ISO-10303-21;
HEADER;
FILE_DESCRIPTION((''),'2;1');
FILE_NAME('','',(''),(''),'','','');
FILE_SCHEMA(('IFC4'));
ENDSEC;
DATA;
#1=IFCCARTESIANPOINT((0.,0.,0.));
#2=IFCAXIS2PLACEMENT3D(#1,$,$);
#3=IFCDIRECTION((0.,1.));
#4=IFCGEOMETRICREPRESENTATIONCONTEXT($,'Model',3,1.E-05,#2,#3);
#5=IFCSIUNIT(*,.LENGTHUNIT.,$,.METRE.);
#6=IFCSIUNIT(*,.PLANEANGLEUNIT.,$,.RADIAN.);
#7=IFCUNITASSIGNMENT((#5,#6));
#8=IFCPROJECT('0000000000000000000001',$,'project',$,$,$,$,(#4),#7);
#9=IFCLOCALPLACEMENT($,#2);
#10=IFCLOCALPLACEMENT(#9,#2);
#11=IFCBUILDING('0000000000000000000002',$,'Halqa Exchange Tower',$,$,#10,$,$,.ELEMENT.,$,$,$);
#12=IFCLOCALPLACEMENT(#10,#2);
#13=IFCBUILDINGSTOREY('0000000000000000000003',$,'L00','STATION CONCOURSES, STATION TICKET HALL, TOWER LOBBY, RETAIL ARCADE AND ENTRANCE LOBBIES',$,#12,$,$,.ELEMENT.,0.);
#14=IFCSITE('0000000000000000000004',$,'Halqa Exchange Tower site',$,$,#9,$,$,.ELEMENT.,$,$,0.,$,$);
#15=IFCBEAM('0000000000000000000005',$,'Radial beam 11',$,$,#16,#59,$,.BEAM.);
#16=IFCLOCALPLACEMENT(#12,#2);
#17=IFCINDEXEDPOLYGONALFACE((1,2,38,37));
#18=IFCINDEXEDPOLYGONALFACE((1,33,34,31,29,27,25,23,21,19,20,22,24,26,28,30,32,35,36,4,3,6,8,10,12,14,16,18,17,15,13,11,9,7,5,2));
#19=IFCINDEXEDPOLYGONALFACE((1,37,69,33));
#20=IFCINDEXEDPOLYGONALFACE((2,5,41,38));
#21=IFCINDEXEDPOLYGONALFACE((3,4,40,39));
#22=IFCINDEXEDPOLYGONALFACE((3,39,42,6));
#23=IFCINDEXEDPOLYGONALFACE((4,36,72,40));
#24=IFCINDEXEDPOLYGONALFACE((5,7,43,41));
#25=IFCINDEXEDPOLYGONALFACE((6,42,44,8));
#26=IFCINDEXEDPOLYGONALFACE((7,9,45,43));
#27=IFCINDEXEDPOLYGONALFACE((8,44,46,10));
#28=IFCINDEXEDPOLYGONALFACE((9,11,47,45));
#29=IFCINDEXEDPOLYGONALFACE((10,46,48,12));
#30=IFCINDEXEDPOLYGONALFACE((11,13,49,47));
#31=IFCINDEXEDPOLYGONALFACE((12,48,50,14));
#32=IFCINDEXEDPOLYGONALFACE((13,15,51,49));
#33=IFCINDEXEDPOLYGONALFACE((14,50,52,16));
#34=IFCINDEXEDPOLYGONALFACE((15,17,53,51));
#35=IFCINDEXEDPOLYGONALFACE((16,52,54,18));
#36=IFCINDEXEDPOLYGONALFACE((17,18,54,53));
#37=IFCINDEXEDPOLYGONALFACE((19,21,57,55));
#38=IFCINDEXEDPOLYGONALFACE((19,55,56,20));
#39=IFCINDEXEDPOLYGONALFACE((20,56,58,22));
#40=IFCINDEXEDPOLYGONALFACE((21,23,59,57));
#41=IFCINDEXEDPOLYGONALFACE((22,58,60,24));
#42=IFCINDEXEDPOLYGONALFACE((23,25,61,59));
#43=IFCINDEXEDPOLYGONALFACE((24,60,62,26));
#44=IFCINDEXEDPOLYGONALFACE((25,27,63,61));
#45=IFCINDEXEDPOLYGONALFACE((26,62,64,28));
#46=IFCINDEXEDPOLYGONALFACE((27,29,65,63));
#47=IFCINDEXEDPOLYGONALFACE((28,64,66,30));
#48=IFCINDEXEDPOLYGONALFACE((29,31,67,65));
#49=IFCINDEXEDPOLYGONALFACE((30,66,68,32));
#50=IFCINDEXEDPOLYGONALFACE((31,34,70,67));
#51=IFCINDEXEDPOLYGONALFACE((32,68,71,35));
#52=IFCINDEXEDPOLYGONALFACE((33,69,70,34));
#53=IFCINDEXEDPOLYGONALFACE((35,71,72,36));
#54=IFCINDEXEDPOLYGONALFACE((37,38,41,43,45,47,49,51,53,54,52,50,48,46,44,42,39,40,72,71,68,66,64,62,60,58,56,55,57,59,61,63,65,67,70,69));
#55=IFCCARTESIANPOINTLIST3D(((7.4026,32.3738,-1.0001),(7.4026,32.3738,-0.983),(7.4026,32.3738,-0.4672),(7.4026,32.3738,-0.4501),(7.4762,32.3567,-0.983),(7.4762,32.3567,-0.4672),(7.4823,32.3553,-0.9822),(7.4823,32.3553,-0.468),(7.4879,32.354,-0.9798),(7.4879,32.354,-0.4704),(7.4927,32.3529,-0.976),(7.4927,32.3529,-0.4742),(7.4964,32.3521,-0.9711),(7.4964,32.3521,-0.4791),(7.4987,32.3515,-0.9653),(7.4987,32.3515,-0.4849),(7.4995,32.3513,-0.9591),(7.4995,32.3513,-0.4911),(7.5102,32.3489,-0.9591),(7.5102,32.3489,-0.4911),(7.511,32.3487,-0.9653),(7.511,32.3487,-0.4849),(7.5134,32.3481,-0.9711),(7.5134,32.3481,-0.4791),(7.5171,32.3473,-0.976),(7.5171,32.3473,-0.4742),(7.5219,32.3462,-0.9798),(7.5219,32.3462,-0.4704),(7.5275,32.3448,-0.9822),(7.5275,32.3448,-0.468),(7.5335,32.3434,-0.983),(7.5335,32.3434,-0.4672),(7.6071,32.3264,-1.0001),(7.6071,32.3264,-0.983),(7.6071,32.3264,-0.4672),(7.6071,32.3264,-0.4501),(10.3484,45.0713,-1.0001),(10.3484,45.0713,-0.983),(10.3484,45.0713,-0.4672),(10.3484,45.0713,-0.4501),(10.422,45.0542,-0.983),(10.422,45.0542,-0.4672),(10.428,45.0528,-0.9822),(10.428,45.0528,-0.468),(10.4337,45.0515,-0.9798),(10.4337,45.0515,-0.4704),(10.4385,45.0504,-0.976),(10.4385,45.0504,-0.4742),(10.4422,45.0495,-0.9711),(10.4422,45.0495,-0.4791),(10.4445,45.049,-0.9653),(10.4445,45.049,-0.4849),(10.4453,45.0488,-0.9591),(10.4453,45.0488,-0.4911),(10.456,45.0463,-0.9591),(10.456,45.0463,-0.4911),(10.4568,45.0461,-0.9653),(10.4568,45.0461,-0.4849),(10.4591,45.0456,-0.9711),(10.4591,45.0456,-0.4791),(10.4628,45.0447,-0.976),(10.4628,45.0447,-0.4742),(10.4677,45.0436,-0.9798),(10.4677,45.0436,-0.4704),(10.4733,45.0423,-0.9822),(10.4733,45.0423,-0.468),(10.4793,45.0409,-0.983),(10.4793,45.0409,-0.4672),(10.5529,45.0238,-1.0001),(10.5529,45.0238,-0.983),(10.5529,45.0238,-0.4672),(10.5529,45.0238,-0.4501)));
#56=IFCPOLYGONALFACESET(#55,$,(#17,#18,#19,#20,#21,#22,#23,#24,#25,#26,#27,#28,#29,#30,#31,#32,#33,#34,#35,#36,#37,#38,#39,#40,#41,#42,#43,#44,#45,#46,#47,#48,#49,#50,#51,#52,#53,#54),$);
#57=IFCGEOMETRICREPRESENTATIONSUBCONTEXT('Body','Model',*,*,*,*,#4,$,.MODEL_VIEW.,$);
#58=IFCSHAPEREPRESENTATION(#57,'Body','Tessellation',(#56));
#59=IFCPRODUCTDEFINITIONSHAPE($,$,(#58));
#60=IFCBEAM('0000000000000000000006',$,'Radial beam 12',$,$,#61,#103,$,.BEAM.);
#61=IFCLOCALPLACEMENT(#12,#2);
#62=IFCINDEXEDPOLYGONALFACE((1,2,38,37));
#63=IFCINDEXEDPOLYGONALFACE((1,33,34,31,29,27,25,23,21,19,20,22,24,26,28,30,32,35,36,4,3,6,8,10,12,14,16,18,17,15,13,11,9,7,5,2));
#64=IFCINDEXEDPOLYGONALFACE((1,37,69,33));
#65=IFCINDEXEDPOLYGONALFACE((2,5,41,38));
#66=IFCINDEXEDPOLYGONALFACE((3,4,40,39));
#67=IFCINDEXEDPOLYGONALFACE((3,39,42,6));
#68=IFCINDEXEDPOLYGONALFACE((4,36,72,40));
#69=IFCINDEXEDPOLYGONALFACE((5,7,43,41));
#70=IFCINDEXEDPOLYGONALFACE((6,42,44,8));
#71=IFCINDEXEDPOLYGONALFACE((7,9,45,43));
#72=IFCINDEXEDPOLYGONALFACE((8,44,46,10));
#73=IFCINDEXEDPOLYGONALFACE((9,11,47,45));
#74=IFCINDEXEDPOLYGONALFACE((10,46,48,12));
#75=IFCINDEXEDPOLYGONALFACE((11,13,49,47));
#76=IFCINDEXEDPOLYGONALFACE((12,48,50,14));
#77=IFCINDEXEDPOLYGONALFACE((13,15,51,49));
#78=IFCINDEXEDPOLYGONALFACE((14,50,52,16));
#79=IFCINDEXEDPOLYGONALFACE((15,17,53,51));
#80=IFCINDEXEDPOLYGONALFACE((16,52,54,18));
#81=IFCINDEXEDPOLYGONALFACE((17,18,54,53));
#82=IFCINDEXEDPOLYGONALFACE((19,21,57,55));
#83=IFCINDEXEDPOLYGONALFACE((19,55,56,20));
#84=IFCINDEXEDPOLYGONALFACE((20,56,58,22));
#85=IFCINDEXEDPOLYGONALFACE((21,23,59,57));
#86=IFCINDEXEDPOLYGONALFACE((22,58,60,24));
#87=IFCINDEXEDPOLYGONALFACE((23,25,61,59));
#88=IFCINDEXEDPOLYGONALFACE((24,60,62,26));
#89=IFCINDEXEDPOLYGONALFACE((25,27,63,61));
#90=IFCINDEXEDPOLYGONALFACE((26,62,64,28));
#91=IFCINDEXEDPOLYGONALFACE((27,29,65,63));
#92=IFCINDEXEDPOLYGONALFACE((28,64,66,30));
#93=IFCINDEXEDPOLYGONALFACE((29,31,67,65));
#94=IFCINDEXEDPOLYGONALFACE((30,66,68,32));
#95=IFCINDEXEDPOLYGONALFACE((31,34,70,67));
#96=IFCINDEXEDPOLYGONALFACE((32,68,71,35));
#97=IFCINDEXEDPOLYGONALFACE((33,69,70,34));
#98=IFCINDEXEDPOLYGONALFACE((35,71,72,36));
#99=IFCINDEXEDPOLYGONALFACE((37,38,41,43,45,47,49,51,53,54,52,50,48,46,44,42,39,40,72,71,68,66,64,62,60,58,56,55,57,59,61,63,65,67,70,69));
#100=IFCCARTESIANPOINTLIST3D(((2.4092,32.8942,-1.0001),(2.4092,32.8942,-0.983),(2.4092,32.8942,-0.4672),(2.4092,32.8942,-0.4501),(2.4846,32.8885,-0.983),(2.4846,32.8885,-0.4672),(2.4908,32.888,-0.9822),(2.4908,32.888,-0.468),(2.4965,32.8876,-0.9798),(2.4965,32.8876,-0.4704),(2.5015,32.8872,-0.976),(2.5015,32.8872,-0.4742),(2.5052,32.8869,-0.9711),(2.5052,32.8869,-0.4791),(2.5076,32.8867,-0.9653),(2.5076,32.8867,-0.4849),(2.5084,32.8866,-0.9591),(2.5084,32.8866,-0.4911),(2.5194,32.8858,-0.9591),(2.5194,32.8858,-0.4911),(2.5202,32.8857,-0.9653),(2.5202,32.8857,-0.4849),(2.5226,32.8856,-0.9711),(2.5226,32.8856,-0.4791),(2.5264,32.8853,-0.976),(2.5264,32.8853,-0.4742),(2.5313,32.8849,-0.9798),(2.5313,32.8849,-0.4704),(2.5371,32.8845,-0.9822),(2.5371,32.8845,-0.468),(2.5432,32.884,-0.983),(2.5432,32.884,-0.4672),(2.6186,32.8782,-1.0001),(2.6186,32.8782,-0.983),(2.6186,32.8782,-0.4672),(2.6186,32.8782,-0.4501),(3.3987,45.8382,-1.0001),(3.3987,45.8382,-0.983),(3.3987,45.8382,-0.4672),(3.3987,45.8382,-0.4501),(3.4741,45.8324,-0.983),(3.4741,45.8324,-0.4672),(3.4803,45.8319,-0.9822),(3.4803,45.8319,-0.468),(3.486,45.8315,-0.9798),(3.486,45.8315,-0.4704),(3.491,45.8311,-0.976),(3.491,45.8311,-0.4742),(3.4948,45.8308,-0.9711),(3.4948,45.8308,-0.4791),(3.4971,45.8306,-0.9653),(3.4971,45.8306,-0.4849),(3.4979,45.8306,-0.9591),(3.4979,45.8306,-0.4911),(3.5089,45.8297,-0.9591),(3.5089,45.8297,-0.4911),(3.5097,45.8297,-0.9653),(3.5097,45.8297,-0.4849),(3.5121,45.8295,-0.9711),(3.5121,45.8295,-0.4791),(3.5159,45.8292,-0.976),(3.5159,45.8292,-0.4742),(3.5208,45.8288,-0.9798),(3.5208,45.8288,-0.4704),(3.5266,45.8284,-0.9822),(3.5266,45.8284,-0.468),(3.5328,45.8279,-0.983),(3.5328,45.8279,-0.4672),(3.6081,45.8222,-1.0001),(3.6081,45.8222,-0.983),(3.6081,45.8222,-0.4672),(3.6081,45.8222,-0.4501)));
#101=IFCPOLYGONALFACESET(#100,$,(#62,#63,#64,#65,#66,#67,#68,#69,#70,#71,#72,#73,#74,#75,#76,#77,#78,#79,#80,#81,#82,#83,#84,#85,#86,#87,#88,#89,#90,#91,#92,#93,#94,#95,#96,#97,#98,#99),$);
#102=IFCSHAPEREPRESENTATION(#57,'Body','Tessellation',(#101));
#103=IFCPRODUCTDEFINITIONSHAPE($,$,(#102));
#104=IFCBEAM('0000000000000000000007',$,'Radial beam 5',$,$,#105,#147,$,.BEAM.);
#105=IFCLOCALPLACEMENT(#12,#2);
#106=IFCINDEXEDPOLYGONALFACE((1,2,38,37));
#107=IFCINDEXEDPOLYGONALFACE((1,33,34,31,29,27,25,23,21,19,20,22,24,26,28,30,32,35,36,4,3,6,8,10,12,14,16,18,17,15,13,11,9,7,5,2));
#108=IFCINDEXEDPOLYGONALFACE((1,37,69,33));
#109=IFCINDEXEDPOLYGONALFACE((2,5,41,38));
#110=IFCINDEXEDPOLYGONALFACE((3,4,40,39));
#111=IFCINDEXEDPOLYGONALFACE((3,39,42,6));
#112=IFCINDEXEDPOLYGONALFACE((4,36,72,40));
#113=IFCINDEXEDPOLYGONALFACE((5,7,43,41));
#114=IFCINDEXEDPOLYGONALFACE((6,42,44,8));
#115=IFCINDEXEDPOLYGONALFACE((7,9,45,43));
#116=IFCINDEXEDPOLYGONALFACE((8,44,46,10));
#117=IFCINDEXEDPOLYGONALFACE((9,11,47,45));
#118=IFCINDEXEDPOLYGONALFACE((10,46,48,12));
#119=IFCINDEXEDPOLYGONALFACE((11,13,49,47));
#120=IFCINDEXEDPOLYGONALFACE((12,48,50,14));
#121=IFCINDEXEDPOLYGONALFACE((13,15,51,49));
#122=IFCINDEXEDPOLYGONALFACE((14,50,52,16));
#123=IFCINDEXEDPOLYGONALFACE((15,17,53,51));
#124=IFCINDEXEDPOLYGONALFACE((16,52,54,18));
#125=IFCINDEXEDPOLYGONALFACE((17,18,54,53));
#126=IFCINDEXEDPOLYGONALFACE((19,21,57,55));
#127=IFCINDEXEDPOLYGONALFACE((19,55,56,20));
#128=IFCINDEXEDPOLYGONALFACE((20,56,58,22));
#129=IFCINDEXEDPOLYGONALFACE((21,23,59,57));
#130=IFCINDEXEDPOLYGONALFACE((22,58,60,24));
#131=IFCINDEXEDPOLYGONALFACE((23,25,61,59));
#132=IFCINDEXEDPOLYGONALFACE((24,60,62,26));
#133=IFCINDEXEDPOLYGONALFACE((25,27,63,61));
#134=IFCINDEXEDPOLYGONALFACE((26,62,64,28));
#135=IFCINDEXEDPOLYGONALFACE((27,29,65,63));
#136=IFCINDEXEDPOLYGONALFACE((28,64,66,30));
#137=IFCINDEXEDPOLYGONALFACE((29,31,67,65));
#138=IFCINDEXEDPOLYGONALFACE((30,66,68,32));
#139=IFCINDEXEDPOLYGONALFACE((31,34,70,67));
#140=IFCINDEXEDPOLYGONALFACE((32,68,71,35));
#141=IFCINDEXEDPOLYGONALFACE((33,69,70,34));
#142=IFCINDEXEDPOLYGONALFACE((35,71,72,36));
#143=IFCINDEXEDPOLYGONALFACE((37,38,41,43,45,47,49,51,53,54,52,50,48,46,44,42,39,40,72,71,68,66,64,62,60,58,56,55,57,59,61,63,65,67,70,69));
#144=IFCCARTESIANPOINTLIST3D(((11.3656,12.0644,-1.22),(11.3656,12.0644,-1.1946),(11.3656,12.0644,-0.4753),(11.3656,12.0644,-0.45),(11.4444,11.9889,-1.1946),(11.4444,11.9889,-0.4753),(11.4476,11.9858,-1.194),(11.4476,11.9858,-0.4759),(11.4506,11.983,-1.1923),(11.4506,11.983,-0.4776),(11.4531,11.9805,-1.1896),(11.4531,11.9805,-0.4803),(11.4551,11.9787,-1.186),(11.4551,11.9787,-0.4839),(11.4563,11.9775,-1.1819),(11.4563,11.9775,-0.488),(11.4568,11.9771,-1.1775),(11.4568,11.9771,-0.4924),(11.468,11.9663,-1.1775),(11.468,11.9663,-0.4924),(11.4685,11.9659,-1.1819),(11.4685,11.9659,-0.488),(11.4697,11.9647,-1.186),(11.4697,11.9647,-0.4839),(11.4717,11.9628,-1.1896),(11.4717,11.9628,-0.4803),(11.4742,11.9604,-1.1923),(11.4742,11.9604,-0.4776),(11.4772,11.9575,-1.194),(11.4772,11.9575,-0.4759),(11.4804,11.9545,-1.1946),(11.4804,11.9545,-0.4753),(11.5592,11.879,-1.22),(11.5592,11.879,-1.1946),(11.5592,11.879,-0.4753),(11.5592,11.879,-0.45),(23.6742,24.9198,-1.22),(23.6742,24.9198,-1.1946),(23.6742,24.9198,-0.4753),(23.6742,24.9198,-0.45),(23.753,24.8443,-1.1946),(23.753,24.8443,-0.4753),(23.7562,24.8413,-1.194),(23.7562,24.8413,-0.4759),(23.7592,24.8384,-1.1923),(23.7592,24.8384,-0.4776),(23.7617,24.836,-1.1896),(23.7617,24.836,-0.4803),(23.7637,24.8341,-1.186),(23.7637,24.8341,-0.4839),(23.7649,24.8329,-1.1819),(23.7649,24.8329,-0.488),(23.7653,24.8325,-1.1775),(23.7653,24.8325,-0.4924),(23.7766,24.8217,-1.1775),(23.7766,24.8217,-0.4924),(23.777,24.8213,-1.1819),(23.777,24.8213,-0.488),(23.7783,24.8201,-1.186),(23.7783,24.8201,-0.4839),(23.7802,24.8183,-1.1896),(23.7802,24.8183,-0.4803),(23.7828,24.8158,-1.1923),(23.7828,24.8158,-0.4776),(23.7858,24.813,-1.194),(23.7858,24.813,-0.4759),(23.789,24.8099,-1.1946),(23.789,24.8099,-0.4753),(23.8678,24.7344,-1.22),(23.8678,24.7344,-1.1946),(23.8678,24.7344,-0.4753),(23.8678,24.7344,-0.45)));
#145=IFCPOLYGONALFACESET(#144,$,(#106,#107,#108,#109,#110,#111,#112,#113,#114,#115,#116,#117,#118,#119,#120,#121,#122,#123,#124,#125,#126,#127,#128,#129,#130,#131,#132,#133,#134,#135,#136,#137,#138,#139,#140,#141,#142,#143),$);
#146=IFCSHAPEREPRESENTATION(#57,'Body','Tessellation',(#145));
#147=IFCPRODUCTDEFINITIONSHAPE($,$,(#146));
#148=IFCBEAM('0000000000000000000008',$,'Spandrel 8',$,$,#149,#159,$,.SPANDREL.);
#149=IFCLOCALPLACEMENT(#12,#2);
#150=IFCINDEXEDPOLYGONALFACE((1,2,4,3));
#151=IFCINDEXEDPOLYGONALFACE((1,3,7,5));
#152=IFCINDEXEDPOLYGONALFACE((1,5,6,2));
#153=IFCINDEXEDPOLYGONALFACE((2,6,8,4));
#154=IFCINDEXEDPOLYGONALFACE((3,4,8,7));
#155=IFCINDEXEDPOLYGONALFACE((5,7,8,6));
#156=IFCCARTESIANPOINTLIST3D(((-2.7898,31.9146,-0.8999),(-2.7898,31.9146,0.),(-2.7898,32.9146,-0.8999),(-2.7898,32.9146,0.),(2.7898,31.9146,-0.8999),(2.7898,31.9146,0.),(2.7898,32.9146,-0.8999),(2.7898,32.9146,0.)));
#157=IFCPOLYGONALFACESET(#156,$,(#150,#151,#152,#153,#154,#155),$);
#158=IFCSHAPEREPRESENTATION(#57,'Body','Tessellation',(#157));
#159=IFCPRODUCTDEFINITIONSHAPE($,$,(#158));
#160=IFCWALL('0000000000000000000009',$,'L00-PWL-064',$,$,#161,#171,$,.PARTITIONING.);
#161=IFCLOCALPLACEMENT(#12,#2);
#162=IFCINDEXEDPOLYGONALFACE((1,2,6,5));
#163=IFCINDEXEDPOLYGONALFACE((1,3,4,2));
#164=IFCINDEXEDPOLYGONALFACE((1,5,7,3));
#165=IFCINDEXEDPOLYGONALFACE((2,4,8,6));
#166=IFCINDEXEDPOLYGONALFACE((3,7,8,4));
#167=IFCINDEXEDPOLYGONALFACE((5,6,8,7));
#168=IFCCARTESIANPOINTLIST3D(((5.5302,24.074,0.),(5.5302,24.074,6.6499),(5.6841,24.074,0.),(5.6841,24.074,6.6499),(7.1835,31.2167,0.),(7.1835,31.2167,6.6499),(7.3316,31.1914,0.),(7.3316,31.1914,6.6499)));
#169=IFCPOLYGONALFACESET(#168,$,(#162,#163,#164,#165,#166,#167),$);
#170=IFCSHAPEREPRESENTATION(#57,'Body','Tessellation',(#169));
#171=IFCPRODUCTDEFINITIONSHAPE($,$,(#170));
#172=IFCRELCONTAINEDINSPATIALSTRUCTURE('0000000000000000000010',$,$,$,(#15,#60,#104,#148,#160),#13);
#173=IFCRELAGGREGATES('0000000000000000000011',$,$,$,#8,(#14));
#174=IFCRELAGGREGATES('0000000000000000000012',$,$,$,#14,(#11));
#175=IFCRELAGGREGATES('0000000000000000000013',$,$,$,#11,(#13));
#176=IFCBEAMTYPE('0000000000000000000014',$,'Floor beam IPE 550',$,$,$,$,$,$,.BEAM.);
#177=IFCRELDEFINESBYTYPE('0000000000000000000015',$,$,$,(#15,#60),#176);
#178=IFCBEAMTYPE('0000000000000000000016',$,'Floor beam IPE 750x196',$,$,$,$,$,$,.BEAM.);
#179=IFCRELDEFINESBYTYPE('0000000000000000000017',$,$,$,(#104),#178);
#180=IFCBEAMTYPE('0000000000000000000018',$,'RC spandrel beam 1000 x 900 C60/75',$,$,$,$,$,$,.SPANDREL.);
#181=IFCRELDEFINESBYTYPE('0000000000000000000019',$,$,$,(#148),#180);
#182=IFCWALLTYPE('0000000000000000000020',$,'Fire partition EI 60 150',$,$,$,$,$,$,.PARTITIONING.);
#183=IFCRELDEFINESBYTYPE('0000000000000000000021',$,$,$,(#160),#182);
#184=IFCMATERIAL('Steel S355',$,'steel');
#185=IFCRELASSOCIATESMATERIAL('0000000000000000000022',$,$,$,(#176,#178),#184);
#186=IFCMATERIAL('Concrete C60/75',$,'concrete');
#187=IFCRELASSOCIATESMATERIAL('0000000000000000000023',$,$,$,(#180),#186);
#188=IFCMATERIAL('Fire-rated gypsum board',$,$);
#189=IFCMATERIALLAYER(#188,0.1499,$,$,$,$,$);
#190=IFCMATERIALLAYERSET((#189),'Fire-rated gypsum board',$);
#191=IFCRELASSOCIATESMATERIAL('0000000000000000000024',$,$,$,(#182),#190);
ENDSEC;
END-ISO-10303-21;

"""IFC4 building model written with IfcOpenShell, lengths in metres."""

from ifc_helpers import new_model, si_unit, direction, frame, origin, origin_2d, place, context, subcontext, project, spatial, polyline, rectangle, i_section, outline, extrude, material, layer, layer_set, material_profile, profile_set, type_object, element, save


model = new_model("IFC4")

# Units and contexts
model_context = context("Model", 3, precision=1e-05, world=origin(), true_north=direction((0.0, 1.0)))
body_context = subcontext(model_context, "Body", "Model", "MODEL_VIEW")
ifc_project = project(units=[si_unit("LENGTHUNIT", "METRE"), si_unit("PLANEANGLEUNIT", "RADIAN")], contexts=[model_context])

# Site, building, storey
site_placement = place(None, origin())
site = spatial("IfcSite", under=ifc_project, at=site_placement, Name="Halqa Exchange Tower site", CompositionType="ELEMENT", RefElevation=0.0)
building_placement = place(site_placement, origin())
building = spatial("IfcBuilding", under=site, at=building_placement, Name="Halqa Exchange Tower", CompositionType="ELEMENT")
storey_placement = place(building_placement, origin())
storey = spatial("IfcBuildingStorey", under=building, at=storey_placement, Name="L00", Description="STATION CONCOURSES, STATION TICKET HALL, TOWER LOBBY, RETAIL ARCADE AND ENTRANCE LOBBIES", CompositionType="ELEMENT", Elevation=0.0)

# Beams
ifc_material_1 = material(Name="Steel S355", Category="steel")
ifc_material_profile_1 = material_profile(ifc_material_1, i_section(OverallWidth=0.21, OverallDepth=0.55, WebThickness=0.011, FlangeThickness=0.0171, FilletRadius=0.0239, at=origin_2d()), Name="IPE 550")
ifc_profile_set_1 = profile_set([ifc_material_profile_1], Name="Steel S355")
beam_type_1 = type_object("IfcBeamType", Name="Floor beam IPE 550", PredefinedType="BEAM", material=ifc_profile_set_1)
beam_1_placement = place(storey_placement, frame((7.5049, 32.3501, -0.7251), z_axis=(0.225996, 0.974128, 0.0), x_axis=(-0.974128, 0.225996, 0.0)))
element("IfcBeam", 1, at=beam_1_placement, inside=storey, type_object=beam_type_1, Name="Radial beam 11", PredefinedType="BEAM", context=body_context, shape_type="SweptSolid", body=[
    extrude(i_section(OverallWidth=0.21, OverallDepth=0.55, WebThickness=0.011, FlangeThickness=0.0171, FilletRadius=0.0239, at=origin_2d()), origin(), (0.0, 0.0, 1.0), 13.0347),
])
beam_2_placement = place(storey_placement, frame((2.5139, 32.8862, -0.7251), z_axis=(0.076223, 0.997091, 0.0), x_axis=(-0.997091, 0.076223, 0.0)))
element("IfcBeam", 2, at=beam_2_placement, inside=storey, type_object=beam_type_1, Name="Radial beam 12", PredefinedType="BEAM", context=body_context, shape_type="SweptSolid", body=[
    extrude(i_section(OverallWidth=0.21, OverallDepth=0.55, WebThickness=0.011, FlangeThickness=0.0171, FilletRadius=0.0239, at=origin_2d()), origin(), (0.0, 0.0, 1.0), 12.9817),
])
ifc_material_profile_2 = material_profile(ifc_material_1, i_section(OverallWidth=0.2681, OverallDepth=0.77, WebThickness=0.0156, FlangeThickness=0.0254, FilletRadius=0.0171, at=origin_2d()), Name="IPE 750x196")
ifc_profile_set_2 = profile_set([ifc_material_profile_2], Name="Steel S355")
beam_type_2 = type_object("IfcBeamType", Name="Floor beam IPE 750x196", PredefinedType="BEAM", material=ifc_profile_set_2)
beam_3_placement = place(storey_placement, frame((11.4624, 11.9717, -0.835), z_axis=(0.691576, 0.722303, 0.0), x_axis=(-0.722303, 0.691576, 0.0)))
element("IfcBeam", 3, at=beam_3_placement, inside=storey, type_object=beam_type_2, Name="Radial beam 5", PredefinedType="BEAM", context=body_context, shape_type="SweptSolid", body=[
    extrude(i_section(OverallWidth=0.2681, OverallDepth=0.77, WebThickness=0.0156, FlangeThickness=0.0254, FilletRadius=0.0171, at=origin_2d()), origin(), (0.0, 0.0, 1.0), 17.7979),
])
ifc_material_2 = material(Name="Concrete C60/75", Category="concrete")
ifc_material_profile_3 = material_profile(ifc_material_2, rectangle(XDim=1.0, YDim=0.8999, at=origin_2d()), Name="1000 x 900")
ifc_profile_set_3 = profile_set([ifc_material_profile_3], Name="Concrete C60/75")
beam_type_3 = type_object("IfcBeamType", Name="RC spandrel beam 1000 x 900 C60/75", PredefinedType="SPANDREL", material=ifc_profile_set_3)
beam_4_placement = place(storey_placement, frame((2.7898, 32.4146, -0.45), z_axis=(-1.0, 0.0, 0.0), x_axis=(0.0, -1.0, 0.0)))
element("IfcBeam", 4, at=beam_4_placement, inside=storey, type_object=beam_type_3, Name="Spandrel 8", PredefinedType="SPANDREL", context=body_context, shape_type="SweptSolid", body=[
    extrude(rectangle(XDim=1.0, YDim=0.8999, at=origin_2d()), origin(), (0.0, 0.0, 1.0), 5.5796),
])

# Wall
ifc_material_3 = material(Name="Fire-rated gypsum board")
ifc_layer_1 = layer(ifc_material_3, 0.1499)
ifc_layer_set_1 = layer_set([ifc_layer_1], Name="Fire-rated gypsum board")
wall_type_1 = type_object("IfcWallType", Name="Fire partition EI 60 150", PredefinedType="PARTITIONING", material=ifc_layer_set_1)
wall_1_placement = place(storey_placement, frame((5.6072, 24.074, 0.0), z_axis=(0.0, 0.0, 1.0), x_axis=(0.225505, 0.974242, 0.0)))
element("IfcWall", 5, at=wall_1_placement, inside=storey, type_object=wall_type_1, Name="L00-PWL-064", PredefinedType="PARTITIONING", context=body_context, shape_type="SweptSolid", body=[
    extrude(outline(polyline([(0.0173, -0.075), (7.323, -0.075), (7.3142, 0.075), (-0.0173, 0.075), (0.0173, -0.075)])), origin(), (0.0, 0.0, 1.0), 6.6499),
])

save(model, "model.ifc")
